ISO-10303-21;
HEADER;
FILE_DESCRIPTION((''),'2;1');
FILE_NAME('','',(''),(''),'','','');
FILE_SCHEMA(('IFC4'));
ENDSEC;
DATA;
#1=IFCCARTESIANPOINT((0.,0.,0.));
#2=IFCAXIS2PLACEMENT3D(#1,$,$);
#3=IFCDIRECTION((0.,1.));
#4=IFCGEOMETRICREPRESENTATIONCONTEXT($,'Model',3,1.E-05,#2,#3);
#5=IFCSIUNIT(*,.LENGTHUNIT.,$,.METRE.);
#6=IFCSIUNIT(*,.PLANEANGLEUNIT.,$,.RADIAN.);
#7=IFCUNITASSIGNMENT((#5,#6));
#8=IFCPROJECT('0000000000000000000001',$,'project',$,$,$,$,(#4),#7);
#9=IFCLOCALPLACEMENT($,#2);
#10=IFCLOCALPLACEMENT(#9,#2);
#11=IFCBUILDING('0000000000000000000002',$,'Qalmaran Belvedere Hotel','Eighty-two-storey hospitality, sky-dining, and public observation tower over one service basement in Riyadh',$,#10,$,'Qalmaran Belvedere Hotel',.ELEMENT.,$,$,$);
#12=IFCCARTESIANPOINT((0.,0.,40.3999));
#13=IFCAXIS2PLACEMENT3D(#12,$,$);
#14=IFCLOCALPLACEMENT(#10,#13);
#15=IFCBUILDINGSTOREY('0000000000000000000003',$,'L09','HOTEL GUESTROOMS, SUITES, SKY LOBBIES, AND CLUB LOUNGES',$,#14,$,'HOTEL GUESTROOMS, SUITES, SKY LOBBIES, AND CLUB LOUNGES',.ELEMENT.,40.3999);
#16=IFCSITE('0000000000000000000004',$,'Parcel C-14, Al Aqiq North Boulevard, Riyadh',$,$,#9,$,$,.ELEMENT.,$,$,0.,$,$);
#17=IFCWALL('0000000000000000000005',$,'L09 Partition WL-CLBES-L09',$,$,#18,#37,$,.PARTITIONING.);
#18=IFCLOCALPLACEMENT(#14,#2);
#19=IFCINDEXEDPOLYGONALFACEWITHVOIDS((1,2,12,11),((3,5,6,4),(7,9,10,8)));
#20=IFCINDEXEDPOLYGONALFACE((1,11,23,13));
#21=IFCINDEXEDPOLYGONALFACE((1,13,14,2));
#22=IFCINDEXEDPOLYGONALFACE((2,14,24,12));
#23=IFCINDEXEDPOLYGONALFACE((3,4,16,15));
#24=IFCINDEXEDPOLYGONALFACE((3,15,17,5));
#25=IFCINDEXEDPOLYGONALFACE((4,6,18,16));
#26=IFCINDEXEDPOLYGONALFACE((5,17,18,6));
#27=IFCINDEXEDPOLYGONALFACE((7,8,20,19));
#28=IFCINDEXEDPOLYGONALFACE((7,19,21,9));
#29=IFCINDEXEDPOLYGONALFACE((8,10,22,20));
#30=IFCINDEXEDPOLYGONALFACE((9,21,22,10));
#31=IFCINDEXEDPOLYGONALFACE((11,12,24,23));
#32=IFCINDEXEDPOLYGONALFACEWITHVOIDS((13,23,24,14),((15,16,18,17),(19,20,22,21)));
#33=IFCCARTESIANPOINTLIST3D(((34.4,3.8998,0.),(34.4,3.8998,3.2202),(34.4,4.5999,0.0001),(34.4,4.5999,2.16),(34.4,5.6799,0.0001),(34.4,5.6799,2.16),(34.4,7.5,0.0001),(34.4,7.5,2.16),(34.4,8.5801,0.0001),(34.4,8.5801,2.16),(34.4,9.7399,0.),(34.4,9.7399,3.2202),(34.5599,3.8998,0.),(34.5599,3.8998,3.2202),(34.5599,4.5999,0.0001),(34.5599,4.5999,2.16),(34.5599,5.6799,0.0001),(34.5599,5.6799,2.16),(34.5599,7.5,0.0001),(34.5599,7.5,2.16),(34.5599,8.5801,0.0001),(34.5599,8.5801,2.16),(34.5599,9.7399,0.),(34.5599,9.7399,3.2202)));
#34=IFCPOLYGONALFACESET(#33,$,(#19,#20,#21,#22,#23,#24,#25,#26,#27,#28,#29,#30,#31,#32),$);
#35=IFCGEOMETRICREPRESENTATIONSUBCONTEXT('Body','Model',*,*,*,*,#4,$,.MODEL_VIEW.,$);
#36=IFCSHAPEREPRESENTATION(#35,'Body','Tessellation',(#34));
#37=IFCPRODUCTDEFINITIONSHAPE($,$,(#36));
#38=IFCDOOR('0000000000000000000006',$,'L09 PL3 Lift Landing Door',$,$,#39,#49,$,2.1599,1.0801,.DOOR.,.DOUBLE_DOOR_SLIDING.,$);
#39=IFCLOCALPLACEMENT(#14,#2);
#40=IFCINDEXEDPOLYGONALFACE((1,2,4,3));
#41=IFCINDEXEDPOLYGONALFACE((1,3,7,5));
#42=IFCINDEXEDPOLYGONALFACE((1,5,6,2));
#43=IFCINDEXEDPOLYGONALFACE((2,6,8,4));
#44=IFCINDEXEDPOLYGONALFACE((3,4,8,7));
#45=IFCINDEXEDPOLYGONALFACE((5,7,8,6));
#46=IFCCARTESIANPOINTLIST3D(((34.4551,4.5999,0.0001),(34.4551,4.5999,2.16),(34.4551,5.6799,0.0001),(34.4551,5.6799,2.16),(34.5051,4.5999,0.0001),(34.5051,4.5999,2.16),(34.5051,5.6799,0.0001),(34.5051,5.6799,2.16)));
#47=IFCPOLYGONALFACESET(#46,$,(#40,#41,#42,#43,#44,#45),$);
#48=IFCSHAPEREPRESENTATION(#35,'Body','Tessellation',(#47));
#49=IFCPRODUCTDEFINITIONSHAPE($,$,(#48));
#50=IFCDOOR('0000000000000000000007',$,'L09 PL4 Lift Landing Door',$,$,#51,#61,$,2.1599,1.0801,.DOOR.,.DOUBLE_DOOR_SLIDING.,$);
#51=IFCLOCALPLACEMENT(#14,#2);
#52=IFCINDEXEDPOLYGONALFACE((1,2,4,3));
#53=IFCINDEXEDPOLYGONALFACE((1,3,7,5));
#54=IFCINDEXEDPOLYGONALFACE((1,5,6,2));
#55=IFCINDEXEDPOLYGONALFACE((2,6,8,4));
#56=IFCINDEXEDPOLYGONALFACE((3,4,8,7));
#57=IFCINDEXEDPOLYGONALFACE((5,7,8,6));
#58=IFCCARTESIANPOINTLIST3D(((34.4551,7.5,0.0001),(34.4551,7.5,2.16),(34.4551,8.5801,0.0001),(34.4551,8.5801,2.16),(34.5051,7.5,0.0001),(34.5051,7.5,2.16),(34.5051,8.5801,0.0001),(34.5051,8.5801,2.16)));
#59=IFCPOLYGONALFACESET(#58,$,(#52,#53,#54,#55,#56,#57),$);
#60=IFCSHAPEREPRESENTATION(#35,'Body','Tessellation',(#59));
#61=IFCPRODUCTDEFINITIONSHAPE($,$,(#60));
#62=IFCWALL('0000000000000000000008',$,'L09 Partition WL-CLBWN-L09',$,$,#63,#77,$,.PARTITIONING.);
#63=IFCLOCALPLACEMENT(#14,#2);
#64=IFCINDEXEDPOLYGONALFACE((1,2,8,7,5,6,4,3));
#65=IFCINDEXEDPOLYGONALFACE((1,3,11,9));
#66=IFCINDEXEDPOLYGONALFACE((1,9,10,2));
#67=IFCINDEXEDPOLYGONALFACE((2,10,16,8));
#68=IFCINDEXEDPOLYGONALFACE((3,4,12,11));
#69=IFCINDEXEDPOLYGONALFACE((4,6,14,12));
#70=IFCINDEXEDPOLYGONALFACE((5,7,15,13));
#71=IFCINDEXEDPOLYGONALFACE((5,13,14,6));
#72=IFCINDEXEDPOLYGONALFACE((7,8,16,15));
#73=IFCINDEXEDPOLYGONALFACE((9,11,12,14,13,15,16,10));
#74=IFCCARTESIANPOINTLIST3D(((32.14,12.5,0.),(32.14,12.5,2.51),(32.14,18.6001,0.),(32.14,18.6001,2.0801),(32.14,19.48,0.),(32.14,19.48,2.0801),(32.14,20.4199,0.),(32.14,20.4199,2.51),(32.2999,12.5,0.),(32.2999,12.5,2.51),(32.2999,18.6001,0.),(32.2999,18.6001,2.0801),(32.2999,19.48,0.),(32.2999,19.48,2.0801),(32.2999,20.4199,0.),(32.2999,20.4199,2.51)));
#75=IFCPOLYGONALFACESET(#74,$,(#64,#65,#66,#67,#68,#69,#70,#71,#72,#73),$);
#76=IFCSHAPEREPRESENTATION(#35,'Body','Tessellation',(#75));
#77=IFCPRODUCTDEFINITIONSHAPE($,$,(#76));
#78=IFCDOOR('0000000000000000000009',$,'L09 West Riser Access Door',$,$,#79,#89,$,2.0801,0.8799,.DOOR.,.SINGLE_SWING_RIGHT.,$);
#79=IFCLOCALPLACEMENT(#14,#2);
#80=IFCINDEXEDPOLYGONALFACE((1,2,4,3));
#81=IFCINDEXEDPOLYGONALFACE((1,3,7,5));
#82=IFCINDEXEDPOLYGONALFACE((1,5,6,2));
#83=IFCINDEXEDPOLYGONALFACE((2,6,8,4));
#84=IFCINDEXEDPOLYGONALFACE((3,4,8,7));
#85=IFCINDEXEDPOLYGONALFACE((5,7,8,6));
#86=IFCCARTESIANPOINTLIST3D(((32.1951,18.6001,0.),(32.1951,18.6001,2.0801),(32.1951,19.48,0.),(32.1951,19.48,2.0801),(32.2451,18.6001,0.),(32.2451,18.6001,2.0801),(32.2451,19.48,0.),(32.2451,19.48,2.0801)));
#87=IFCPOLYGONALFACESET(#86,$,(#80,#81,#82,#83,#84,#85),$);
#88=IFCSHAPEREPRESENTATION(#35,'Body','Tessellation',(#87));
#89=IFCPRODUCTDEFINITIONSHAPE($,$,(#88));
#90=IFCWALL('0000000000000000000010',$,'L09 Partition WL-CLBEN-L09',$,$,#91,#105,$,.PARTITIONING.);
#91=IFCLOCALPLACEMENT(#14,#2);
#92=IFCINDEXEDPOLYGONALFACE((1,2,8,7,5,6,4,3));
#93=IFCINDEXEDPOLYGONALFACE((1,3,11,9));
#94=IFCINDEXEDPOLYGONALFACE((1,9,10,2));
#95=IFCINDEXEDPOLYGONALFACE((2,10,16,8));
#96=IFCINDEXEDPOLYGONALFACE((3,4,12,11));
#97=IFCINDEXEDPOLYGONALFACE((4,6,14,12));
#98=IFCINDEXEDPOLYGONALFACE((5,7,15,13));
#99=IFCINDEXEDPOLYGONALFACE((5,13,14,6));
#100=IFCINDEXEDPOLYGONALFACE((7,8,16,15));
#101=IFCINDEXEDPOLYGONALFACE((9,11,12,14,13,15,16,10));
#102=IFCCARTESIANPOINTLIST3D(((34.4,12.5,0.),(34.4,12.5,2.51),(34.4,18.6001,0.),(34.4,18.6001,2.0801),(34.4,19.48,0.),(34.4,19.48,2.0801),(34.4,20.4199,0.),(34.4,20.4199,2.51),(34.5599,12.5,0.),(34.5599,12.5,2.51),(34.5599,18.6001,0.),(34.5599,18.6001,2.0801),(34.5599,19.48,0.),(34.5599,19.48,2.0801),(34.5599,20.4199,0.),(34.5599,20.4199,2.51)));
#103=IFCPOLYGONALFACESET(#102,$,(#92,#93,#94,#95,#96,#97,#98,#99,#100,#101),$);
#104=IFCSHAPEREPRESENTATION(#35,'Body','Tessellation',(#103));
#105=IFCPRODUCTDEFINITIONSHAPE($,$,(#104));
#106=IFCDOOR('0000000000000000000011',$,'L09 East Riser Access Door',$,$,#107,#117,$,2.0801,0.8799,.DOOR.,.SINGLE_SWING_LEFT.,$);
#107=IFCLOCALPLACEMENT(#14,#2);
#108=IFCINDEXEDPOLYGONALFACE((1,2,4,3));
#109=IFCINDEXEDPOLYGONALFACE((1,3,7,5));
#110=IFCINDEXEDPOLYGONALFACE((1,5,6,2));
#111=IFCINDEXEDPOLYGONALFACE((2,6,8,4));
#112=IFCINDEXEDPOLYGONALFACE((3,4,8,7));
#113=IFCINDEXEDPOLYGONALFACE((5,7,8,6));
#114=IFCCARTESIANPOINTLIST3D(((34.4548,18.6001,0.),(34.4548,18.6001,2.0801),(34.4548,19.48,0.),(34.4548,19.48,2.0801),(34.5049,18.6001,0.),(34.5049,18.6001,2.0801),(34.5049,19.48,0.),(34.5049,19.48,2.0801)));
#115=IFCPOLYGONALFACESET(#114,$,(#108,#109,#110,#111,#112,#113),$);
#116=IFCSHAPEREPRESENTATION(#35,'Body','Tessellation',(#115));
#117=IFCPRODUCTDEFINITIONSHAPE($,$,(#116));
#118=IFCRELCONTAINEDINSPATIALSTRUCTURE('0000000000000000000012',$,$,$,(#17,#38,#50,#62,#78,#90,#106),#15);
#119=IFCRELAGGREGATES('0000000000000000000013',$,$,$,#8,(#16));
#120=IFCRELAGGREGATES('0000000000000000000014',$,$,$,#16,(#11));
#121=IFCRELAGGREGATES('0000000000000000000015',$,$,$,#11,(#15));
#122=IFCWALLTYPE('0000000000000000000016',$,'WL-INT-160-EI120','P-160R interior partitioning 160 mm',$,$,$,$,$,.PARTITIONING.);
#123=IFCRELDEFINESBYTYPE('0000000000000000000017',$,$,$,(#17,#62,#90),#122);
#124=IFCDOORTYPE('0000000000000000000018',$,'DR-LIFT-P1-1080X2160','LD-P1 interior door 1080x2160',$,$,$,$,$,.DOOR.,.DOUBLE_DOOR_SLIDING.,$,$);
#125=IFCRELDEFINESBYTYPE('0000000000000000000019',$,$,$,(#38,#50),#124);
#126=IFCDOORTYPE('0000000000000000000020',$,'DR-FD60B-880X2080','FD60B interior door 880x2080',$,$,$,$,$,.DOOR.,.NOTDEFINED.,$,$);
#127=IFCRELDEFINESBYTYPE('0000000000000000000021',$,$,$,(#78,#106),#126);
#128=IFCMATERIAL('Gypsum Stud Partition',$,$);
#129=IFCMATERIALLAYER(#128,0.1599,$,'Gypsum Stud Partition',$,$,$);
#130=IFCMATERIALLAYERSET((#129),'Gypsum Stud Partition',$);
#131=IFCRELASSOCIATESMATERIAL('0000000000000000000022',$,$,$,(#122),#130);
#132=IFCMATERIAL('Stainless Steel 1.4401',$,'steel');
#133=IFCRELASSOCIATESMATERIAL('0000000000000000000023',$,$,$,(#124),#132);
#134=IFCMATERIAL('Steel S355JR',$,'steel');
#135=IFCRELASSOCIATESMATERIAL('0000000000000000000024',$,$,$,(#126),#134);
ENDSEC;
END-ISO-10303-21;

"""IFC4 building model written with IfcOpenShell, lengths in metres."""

from ifc_helpers import new_model, si_unit, direction, frame, frame_2d, origin, place, context, subcontext, project, spatial, rectangle, extrude, material, layer, layer_set, type_object, element, fill, save


model = new_model("IFC4")

# Units and contexts
model_context = context("Model", 3, precision=1e-05, world=origin(), true_north=direction((0.0, 1.0)))
body_context = subcontext(model_context, "Body", "Model", "MODEL_VIEW")
ifc_project = project(units=[si_unit("LENGTHUNIT", "METRE"), si_unit("PLANEANGLEUNIT", "RADIAN")], contexts=[model_context])

# Site, building, storey
site_placement = place(None, origin())
site = spatial("IfcSite", under=ifc_project, at=site_placement, Name="Parcel C-14, Al Aqiq North Boulevard, Riyadh", CompositionType="ELEMENT", RefElevation=0.0)
building_placement = place(site_placement, origin())
building = spatial("IfcBuilding", under=site, at=building_placement, Name="Qalmaran Belvedere Hotel", Description="Eighty-two-storey hospitality, sky-dining, and public observation tower over one service basement in Riyadh", LongName="Qalmaran Belvedere Hotel", CompositionType="ELEMENT")
storey_placement = place(building_placement, frame((0.0, 0.0, 40.3999)))
storey = spatial("IfcBuildingStorey", under=building, at=storey_placement, Name="L09", Description="HOTEL GUESTROOMS, SUITES, SKY LOBBIES, AND CLUB LOUNGES", LongName="HOTEL GUESTROOMS, SUITES, SKY LOBBIES, AND CLUB LOUNGES", CompositionType="ELEMENT", Elevation=40.3999)

# Shared definitions
ifc_material_1 = material(Name="Steel S355JR", Category="steel")

# Shared definitions
ifc_material_2 = material(Name="Gypsum Stud Partition")

# Wall, openings, doors
ifc_layer_1 = layer(ifc_material_2, 0.1599, Name="Gypsum Stud Partition")
ifc_layer_set_1 = layer_set([ifc_layer_1], Name="Gypsum Stud Partition")
wall_type_1 = type_object("IfcWallType", Name="WL-INT-160-EI120", Description="P-160R interior partitioning 160 mm", PredefinedType="PARTITIONING", material=ifc_layer_set_1)
ifc_material_3 = material(Name="Stainless Steel 1.4401", Category="steel")
door_type_1 = type_object("IfcDoorType", Name="DR-LIFT-P1-1080X2160", Description="LD-P1 interior door 1080x2160", OperationType="DOUBLE_DOOR_SLIDING", PredefinedType="DOOR", material=ifc_material_3)
wall_1_placement = place(storey_placement, frame((34.48, 3.8999, 0.0), z_axis=(0.0, 0.0, 1.0), x_axis=(0.0, 1.0, 0.0)))
wall_1 = element("IfcWall", 1, at=wall_1_placement, inside=storey, type_object=wall_type_1, Name="L09 Partition WL-CLBES-L09", PredefinedType="PARTITIONING", context=body_context, shape_type="SweptSolid", body=[
    extrude(rectangle(XDim=5.8401, YDim=0.1599, at=frame_2d((2.9199, 0.0))), origin(), (0.0, 0.0, 1.0), 3.2202),
])
opening_1_placement = place(wall_1_placement, frame((0.7, 0.0, 0.0)))
opening_1 = element("IfcOpeningElement", 2, at=opening_1_placement, cuts=wall_1, PredefinedType="OPENING", context=body_context, shape_type="SweptSolid", body=[
    extrude(rectangle(XDim=1.0801, YDim=2.1599, at=frame_2d((0.54, 1.0801))), frame((0.0, 0.0898, 0.0), z_axis=(0.0, -1.0, 0.0), x_axis=(1.0, 0.0, 0.0)), (0.0, 0.0, 1.0), 0.1799),
])
opening_2_placement = place(wall_1_placement, frame((3.6001, 0.0, 0.0)))
opening_2 = element("IfcOpeningElement", 3, at=opening_2_placement, cuts=wall_1, PredefinedType="OPENING", context=body_context, shape_type="SweptSolid", body=[
    extrude(rectangle(XDim=1.0801, YDim=2.1599, at=frame_2d((0.54, 1.0801))), frame((0.0, 0.0898, 0.0), z_axis=(0.0, -1.0, 0.0), x_axis=(1.0, 0.0, 0.0)), (0.0, 0.0, 1.0), 0.1799),
])
door_1_placement = place(opening_1_placement, origin())
door_1 = element("IfcDoor", 4, at=door_1_placement, inside=storey, type_object=door_type_1, Name="L09 PL3 Lift Landing Door", OperationType="DOUBLE_DOOR_SLIDING", OverallHeight=2.1599, OverallWidth=1.0801, PredefinedType="DOOR", context=body_context, shape_type="SweptSolid", body=[
    extrude(rectangle(XDim=1.0801, YDim=2.1599, at=frame_2d((0.54, 1.0801))), frame((0.0, 0.0249, 0.0), z_axis=(0.0, -1.0, 0.0), x_axis=(1.0, 0.0, 0.0)), (0.0, 0.0, 1.0), 0.05),
])
fill(opening_1, door_1)
door_2_placement = place(opening_2_placement, origin())
door_2 = element("IfcDoor", 5, at=door_2_placement, inside=storey, type_object=door_type_1, Name="L09 PL4 Lift Landing Door", OperationType="DOUBLE_DOOR_SLIDING", OverallHeight=2.1599, OverallWidth=1.0801, PredefinedType="DOOR", context=body_context, shape_type="SweptSolid", body=[
    extrude(rectangle(XDim=1.0801, YDim=2.1599, at=frame_2d((0.54, 1.0801))), frame((0.0, 0.0249, 0.0), z_axis=(0.0, -1.0, 0.0), x_axis=(1.0, 0.0, 0.0)), (0.0, 0.0, 1.0), 0.05),
])
fill(opening_2, door_2)

# Walls, openings, doors
wall_2_placement = place(storey_placement, frame((32.22, 12.5, 0.0), z_axis=(0.0, 0.0, 1.0), x_axis=(0.0, 1.0, 0.0)))
wall_2 = element("IfcWall", 6, at=wall_2_placement, inside=storey, type_object=wall_type_1, Name="L09 Partition WL-CLBWN-L09", PredefinedType="PARTITIONING", context=body_context, shape_type="SweptSolid", body=[
    extrude(rectangle(XDim=7.9199, YDim=0.1599, at=frame_2d((3.96, 0.0))), origin(), (0.0, 0.0, 1.0), 2.51),
])
opening_3_placement = place(wall_2_placement, frame((6.1001, 0.0, 0.0)))
opening_3 = element("IfcOpeningElement", 7, at=opening_3_placement, cuts=wall_2, PredefinedType="OPENING", context=body_context, shape_type="SweptSolid", body=[
    extrude(rectangle(XDim=0.8799, YDim=2.0801, at=frame_2d((0.4399, 1.04))), frame((0.0, 0.0898, 0.0), z_axis=(0.0, -1.0, 0.0), x_axis=(1.0, 0.0, 0.0)), (0.0, 0.0, 1.0), 0.1799),
])
door_type_2 = type_object("IfcDoorType", Name="DR-FD60B-880X2080", Description="FD60B interior door 880x2080", OperationType="NOTDEFINED", PredefinedType="DOOR", material=ifc_material_1)
door_3_placement = place(opening_3_placement, origin())
door_3 = element("IfcDoor", 8, at=door_3_placement, inside=storey, type_object=door_type_2, Name="L09 West Riser Access Door", OperationType="SINGLE_SWING_RIGHT", OverallHeight=2.0801, OverallWidth=0.8799, PredefinedType="DOOR", context=body_context, shape_type="SweptSolid", body=[
    extrude(rectangle(XDim=0.8799, YDim=2.0801, at=frame_2d((0.4399, 1.04))), frame((0.0, 0.0249, 0.0), z_axis=(0.0, -1.0, 0.0), x_axis=(1.0, 0.0, 0.0)), (0.0, 0.0, 1.0), 0.05),
])
fill(opening_3, door_3)
wall_3_placement = place(storey_placement, frame((34.48, 12.5, 0.0), z_axis=(0.0, 0.0, 1.0), x_axis=(0.0, 1.0, 0.0)))
wall_3 = element("IfcWall", 9, at=wall_3_placement, inside=storey, type_object=wall_type_1, Name="L09 Partition WL-CLBEN-L09", PredefinedType="PARTITIONING", context=body_context, shape_type="SweptSolid", body=[
    extrude(rectangle(XDim=7.9199, YDim=0.1599, at=frame_2d((3.96, 0.0))), origin(), (0.0, 0.0, 1.0), 2.51),
])
opening_4_placement = place(wall_3_placement, frame((6.98, 0.0, 0.0), z_axis=(0.0, 0.0, 1.0), x_axis=(-1.0, 0.0, 0.0)))
opening_4 = element("IfcOpeningElement", 10, at=opening_4_placement, cuts=wall_3, PredefinedType="OPENING", context=body_context, shape_type="SweptSolid", body=[
    extrude(rectangle(XDim=0.8799, YDim=2.0801, at=frame_2d((0.4399, 1.04))), frame((0.0, 0.0898, 0.0), z_axis=(0.0, -1.0, 0.0), x_axis=(1.0, 0.0, 0.0)), (0.0, 0.0, 1.0), 0.1799),
])
door_4_placement = place(opening_4_placement, origin())
door_4 = element("IfcDoor", 11, at=door_4_placement, inside=storey, type_object=door_type_2, Name="L09 East Riser Access Door", OperationType="SINGLE_SWING_LEFT", OverallHeight=2.0801, OverallWidth=0.8799, PredefinedType="DOOR", context=body_context, shape_type="SweptSolid", body=[
    extrude(rectangle(XDim=0.8799, YDim=2.0801, at=frame_2d((0.4399, 1.04))), frame((0.0, 0.0249, 0.0), z_axis=(0.0, -1.0, 0.0), x_axis=(1.0, 0.0, 0.0)), (0.0, 0.0, 1.0), 0.05),
])
fill(opening_4, door_4)

save(model, "model.ifc")
